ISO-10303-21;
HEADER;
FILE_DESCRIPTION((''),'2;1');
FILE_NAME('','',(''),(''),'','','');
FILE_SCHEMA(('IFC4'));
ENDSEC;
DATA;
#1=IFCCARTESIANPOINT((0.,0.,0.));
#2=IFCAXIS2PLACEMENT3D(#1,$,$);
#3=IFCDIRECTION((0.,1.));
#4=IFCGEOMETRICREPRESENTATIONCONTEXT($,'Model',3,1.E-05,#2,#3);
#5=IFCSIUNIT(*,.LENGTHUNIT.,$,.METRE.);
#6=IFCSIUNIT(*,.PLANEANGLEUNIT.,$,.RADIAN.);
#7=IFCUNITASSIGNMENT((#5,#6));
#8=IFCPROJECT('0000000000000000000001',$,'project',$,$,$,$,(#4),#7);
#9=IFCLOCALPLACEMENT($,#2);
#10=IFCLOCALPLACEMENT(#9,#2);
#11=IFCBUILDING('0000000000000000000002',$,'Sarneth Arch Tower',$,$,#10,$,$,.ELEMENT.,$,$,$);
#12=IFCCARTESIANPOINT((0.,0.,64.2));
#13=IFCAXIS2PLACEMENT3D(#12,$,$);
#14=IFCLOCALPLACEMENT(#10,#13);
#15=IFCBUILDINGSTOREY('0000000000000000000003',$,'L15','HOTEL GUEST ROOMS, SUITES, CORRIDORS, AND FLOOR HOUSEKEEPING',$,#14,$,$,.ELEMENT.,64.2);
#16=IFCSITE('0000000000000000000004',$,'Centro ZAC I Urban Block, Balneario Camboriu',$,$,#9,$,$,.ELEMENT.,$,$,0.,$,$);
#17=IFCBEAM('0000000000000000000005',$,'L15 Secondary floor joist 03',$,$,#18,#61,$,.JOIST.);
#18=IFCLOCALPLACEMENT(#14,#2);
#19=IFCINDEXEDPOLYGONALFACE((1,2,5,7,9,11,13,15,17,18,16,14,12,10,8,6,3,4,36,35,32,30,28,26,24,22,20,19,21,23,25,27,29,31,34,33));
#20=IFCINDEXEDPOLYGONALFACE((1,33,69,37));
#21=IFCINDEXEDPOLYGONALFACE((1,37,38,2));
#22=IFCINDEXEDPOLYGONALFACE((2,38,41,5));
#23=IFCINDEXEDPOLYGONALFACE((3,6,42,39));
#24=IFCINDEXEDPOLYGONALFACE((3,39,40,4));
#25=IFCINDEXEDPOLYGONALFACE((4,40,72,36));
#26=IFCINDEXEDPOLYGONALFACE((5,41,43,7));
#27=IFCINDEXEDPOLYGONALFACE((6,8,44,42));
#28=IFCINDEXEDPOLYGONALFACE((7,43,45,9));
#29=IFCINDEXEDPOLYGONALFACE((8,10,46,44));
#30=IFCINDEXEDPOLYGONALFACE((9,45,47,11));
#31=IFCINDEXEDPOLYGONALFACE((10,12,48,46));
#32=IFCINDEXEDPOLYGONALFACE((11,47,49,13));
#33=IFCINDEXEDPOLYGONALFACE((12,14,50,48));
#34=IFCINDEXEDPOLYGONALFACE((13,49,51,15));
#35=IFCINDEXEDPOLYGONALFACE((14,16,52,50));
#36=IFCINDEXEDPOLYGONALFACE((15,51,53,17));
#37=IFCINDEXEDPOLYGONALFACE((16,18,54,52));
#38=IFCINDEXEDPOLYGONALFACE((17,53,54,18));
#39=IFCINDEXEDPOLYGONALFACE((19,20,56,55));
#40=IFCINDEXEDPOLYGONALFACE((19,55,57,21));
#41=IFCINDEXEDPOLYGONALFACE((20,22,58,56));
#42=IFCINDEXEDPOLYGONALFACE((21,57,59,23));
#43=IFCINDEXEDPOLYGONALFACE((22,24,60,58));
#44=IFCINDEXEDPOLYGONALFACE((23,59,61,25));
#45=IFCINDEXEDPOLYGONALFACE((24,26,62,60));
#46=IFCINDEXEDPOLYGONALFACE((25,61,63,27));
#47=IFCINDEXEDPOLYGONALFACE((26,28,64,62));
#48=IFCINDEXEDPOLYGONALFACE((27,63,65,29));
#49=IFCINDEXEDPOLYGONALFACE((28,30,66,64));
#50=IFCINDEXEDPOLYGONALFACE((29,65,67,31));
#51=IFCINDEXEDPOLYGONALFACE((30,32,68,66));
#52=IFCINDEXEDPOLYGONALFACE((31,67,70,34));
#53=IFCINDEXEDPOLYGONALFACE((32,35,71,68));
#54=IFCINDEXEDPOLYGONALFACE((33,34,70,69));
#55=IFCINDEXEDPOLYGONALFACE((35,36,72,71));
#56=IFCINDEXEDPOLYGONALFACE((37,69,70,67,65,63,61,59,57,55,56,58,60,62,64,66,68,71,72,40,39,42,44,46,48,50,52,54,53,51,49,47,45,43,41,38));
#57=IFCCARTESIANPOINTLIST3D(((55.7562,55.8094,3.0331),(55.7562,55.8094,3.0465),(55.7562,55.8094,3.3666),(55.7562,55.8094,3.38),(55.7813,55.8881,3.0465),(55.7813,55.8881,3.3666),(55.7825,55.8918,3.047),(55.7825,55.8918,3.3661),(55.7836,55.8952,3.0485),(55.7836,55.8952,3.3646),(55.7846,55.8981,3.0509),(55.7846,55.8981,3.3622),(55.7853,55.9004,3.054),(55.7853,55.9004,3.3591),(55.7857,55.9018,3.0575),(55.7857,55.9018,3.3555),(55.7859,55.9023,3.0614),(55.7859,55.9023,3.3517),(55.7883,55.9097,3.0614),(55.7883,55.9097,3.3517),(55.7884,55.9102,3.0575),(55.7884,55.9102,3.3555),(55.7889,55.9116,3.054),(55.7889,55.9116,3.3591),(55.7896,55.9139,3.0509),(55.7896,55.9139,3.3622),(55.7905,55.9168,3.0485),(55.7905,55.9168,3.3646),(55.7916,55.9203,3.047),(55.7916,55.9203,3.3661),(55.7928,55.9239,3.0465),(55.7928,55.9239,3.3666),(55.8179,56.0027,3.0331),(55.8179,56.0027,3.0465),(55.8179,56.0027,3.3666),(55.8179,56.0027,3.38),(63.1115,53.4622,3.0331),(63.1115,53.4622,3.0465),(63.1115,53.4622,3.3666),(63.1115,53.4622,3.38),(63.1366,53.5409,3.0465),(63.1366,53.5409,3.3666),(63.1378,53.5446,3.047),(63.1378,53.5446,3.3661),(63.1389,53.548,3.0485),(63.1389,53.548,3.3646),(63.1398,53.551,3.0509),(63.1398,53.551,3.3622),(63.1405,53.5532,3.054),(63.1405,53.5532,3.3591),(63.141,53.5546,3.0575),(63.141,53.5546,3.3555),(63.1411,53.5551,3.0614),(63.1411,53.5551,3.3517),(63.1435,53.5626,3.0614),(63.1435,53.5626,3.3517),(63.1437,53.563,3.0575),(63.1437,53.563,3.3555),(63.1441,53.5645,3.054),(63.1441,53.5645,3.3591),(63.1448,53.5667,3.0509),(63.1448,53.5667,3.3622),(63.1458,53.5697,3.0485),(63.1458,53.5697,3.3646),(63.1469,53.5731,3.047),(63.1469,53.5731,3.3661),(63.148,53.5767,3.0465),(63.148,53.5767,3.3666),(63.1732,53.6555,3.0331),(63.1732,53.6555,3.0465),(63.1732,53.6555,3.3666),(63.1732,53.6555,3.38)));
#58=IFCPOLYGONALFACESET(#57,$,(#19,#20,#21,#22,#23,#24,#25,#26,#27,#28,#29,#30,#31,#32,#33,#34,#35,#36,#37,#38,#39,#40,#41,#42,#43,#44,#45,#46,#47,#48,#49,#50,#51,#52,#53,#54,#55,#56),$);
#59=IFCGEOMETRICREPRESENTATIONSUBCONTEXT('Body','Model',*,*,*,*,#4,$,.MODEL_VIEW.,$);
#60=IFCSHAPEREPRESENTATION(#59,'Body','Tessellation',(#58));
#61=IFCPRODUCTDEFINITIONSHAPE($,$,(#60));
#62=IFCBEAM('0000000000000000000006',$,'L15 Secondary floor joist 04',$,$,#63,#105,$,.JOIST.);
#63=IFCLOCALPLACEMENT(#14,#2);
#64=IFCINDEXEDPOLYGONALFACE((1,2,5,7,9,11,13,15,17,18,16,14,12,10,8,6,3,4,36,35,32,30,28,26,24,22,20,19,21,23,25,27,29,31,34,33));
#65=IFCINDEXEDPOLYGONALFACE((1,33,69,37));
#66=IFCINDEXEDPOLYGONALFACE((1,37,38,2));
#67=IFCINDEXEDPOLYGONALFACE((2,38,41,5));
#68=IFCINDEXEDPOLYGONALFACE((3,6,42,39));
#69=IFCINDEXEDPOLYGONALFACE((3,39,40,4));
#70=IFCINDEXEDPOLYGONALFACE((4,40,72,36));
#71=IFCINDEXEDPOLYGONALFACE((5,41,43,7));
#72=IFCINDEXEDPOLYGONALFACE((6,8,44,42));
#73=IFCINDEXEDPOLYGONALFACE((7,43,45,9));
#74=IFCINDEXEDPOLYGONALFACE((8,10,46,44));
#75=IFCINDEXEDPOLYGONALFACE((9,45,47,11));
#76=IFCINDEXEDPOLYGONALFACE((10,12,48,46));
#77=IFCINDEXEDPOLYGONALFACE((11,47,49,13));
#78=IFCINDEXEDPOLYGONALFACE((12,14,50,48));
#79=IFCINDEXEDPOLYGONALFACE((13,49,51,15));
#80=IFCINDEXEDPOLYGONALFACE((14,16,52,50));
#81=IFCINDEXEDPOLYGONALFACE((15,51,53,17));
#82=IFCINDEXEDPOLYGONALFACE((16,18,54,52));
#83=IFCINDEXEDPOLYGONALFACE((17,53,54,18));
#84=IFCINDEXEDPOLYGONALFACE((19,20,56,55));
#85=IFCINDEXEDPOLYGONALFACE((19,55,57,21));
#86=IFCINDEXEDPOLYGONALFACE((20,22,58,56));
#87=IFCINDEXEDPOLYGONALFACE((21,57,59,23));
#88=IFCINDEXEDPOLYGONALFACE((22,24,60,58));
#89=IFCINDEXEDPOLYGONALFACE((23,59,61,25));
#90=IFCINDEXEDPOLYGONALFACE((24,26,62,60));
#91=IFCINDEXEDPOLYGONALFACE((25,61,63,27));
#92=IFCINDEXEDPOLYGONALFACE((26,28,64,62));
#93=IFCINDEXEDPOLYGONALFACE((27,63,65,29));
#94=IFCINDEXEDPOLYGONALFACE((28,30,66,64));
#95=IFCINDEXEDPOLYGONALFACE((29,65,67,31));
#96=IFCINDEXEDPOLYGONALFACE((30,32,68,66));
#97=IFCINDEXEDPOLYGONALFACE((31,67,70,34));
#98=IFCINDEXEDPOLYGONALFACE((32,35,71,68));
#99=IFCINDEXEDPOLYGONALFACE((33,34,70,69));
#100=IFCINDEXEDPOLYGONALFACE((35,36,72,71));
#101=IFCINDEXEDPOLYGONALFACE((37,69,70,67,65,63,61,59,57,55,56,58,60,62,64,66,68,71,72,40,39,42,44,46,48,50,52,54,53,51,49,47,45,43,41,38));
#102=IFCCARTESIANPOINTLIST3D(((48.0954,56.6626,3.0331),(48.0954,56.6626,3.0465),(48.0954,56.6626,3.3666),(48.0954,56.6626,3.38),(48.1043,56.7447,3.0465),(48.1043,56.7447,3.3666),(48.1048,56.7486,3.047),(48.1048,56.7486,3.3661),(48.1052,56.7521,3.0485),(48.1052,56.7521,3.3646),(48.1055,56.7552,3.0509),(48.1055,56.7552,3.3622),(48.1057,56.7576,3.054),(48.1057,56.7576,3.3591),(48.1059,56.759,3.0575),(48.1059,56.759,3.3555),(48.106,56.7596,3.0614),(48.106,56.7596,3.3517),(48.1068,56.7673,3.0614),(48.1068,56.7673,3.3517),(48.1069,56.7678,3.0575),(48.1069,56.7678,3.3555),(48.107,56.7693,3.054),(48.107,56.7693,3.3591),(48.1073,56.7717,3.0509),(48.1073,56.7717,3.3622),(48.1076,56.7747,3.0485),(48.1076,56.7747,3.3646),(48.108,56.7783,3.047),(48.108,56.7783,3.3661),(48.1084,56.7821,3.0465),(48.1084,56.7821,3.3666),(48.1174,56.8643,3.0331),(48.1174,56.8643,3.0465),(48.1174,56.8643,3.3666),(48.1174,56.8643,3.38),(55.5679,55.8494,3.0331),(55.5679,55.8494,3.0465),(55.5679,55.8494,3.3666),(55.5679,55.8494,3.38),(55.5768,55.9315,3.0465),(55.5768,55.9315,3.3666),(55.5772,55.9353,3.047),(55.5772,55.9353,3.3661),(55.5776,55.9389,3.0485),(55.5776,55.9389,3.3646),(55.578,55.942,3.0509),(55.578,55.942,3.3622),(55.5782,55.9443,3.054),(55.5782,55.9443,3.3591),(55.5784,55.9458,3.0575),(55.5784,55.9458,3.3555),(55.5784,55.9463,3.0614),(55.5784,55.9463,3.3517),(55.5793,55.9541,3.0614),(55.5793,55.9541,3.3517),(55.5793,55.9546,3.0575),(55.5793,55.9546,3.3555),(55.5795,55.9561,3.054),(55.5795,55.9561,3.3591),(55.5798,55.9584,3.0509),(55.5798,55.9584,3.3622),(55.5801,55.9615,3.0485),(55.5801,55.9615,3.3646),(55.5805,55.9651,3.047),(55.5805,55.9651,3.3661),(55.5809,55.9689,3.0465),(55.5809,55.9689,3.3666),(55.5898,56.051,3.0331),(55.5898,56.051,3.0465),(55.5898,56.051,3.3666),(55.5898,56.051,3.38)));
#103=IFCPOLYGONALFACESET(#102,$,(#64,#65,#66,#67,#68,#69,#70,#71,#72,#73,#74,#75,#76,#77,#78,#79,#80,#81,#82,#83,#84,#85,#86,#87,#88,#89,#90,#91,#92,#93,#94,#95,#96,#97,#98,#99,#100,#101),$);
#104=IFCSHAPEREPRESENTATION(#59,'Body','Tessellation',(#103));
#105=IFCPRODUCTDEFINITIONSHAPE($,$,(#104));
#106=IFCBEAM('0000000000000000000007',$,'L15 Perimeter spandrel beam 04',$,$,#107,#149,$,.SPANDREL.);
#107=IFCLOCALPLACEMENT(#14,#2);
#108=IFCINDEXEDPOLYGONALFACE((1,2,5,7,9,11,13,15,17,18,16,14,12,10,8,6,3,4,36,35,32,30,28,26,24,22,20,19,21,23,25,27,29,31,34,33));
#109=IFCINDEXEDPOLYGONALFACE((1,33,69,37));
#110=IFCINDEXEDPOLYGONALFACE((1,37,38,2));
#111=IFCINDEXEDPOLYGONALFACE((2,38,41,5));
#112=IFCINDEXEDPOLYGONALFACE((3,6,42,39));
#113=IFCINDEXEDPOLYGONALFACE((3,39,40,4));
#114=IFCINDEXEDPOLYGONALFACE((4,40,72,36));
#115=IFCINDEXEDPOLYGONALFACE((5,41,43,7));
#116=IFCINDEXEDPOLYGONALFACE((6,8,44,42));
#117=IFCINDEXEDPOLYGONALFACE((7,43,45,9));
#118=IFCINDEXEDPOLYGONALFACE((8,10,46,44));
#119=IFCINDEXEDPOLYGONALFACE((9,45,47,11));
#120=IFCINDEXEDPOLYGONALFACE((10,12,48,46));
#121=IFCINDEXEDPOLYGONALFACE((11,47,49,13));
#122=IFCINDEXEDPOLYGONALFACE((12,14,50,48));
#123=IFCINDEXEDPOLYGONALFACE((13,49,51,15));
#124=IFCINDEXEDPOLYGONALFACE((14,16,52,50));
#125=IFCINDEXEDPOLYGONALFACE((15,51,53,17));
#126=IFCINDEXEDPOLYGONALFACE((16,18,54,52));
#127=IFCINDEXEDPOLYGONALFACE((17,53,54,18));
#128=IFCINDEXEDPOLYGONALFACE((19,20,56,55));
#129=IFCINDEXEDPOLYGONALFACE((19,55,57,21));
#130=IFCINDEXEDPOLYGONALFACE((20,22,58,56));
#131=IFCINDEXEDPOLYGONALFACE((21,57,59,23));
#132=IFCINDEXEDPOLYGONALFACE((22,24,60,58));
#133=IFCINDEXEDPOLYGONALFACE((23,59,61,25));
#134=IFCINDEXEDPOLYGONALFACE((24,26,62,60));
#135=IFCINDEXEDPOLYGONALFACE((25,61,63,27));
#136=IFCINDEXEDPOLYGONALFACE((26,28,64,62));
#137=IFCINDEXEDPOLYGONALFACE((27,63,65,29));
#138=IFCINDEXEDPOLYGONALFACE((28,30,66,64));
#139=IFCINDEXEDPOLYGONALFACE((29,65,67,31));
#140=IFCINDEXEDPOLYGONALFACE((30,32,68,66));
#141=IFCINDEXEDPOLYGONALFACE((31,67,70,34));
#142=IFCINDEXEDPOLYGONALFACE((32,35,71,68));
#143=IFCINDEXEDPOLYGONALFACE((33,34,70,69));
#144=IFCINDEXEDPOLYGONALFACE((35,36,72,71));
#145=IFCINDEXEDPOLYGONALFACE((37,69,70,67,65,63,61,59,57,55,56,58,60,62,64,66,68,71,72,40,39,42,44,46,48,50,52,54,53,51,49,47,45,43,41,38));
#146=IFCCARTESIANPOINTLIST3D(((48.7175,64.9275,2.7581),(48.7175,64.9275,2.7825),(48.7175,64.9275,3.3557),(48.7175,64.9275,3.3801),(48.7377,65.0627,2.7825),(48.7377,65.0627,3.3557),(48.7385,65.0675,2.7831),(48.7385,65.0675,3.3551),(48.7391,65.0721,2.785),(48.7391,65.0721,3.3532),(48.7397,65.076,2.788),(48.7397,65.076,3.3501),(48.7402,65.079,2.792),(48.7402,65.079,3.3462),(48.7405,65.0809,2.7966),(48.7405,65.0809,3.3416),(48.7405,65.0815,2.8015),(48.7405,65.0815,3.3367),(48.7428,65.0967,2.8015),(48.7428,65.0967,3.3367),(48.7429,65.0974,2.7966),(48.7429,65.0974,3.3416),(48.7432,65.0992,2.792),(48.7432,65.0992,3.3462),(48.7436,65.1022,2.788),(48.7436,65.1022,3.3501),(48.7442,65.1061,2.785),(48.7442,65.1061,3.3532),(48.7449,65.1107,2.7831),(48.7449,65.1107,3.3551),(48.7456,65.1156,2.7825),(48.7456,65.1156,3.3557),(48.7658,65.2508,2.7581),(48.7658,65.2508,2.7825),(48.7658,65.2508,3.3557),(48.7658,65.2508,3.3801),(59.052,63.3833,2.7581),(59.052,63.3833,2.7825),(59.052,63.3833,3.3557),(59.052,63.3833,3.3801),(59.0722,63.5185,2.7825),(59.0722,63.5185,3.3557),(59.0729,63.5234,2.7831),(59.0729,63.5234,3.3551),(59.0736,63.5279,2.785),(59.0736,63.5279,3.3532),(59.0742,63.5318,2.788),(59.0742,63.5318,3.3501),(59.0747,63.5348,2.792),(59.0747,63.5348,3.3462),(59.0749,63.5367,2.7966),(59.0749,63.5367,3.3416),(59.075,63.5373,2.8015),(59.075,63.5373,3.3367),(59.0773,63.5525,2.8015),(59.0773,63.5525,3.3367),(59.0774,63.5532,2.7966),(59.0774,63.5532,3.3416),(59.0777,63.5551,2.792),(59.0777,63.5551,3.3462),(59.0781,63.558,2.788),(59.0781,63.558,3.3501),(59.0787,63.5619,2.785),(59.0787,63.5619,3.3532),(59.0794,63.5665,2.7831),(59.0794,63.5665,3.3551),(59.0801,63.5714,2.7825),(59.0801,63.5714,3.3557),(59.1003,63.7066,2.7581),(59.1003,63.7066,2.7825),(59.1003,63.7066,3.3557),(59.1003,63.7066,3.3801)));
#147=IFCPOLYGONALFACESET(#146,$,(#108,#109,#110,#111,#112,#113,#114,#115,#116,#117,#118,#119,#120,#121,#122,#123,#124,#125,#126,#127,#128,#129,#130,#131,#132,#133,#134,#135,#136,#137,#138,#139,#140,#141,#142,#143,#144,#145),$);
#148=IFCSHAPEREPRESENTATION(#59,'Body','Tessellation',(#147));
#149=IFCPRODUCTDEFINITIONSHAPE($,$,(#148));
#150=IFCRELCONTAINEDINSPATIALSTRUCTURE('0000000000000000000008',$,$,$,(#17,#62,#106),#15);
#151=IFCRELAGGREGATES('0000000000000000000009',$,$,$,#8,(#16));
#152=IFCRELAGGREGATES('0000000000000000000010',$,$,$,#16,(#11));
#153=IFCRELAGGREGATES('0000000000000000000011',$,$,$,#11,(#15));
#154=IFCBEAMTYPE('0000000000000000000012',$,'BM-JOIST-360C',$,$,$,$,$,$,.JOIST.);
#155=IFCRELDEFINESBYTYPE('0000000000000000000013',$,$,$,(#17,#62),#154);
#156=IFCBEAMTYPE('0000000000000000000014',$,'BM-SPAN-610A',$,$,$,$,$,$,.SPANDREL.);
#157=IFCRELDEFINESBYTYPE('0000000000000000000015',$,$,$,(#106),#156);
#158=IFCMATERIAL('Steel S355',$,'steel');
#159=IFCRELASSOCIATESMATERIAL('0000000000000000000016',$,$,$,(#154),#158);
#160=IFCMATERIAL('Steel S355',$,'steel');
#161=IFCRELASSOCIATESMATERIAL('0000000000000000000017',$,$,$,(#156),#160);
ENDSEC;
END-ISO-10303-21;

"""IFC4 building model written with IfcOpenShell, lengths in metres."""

from ifc_helpers import new_model, si_unit, direction, frame, origin, origin_2d, place, context, subcontext, project, spatial, i_section, extrude, material, material_profile, profile_set, type_object, element, save


model = new_model("IFC4")

# Units and contexts
model_context = context("Model", 3, precision=1e-05, world=origin(), true_north=direction((0.0, 1.0)))
body_context = subcontext(model_context, "Body", "Model", "MODEL_VIEW")
ifc_project = project(units=[si_unit("LENGTHUNIT", "METRE"), si_unit("PLANEANGLEUNIT", "RADIAN")], contexts=[model_context])

# Site, building, storey
site_placement = place(None, origin())
site = spatial("IfcSite", under=ifc_project, at=site_placement, Name="Centro ZAC I Urban Block, Balneario Camboriu", CompositionType="ELEMENT", RefElevation=0.0)
building_placement = place(site_placement, origin())
building = spatial("IfcBuilding", under=site, at=building_placement, Name="Sarneth Arch Tower", CompositionType="ELEMENT")
storey_placement = place(building_placement, frame((0.0, 0.0, 64.2)))
storey = spatial("IfcBuildingStorey", under=building, at=storey_placement, Name="L15", Description="HOTEL GUEST ROOMS, SUITES, CORRIDORS, AND FLOOR HOUSEKEEPING", CompositionType="ELEMENT", Elevation=64.2)

# Beams
ifc_material_1 = material(Name="Steel S355", Category="steel")
ifc_material_profile_1 = material_profile(ifc_material_1, i_section(OverallWidth=0.2029, OverallDepth=0.3469, WebThickness=0.0078, FlangeThickness=0.0134, FilletRadius=0.0149, at=origin_2d()), Name="W360x64")
ifc_profile_set_1 = profile_set([ifc_material_profile_1], Name="Steel S355")
beam_type_1 = type_object("IfcBeamType", Name="BM-JOIST-360C", PredefinedType="JOIST", material=ifc_profile_set_1)
beam_1_placement = place(storey_placement, frame((63.1423, 53.5588, 3.2065), z_axis=(-0.952668, 0.304011, 0.0), x_axis=(-0.304011, -0.952668, 0.0)))
element("IfcBeam", 1, at=beam_1_placement, inside=storey, type_object=beam_type_1, Name="L15 Secondary floor joist 03", PredefinedType="JOIST", context=body_context, shape_type="SweptSolid", body=[
    extrude(i_section(OverallWidth=0.2029, OverallDepth=0.3469, WebThickness=0.0078, FlangeThickness=0.0134, FilletRadius=0.0149, at=origin_2d()), origin(), (0.0, 0.0, 1.0), 7.7207),
])
beam_2_placement = place(storey_placement, frame((55.5789, 55.9502, 3.2065), z_axis=(-0.99413, 0.108192, 0.0), x_axis=(-0.108192, -0.99413, 0.0)))
element("IfcBeam", 2, at=beam_2_placement, inside=storey, type_object=beam_type_1, Name="L15 Secondary floor joist 04", PredefinedType="JOIST", context=body_context, shape_type="SweptSolid", body=[
    extrude(i_section(OverallWidth=0.2029, OverallDepth=0.3469, WebThickness=0.0078, FlangeThickness=0.0134, FilletRadius=0.0149, at=origin_2d()), origin(), (0.0, 0.0, 1.0), 7.5166),
])
ifc_material_2 = material(Name="Steel S355", Category="steel")
ifc_material_profile_2 = material_profile(ifc_material_2, i_section(OverallWidth=0.3269, OverallDepth=0.6221, WebThickness=0.0154, FlangeThickness=0.0244, FilletRadius=0.019, at=origin_2d()), Name="W610x195")
ifc_profile_set_2 = profile_set([ifc_material_profile_2], Name="Steel S355")
beam_type_2 = type_object("IfcBeamType", Name="BM-SPAN-610A", PredefinedType="SPANDREL", material=ifc_profile_set_2)
beam_3_placement = place(storey_placement, frame((59.0762, 63.5449, 3.0691), z_axis=(-0.98902, 0.147781, 0.0), x_axis=(-0.147781, -0.98902, 0.0)))
element("IfcBeam", 3, at=beam_3_placement, inside=storey, type_object=beam_type_2, Name="L15 Perimeter spandrel beam 04", PredefinedType="SPANDREL", context=body_context, shape_type="SweptSolid", body=[
    extrude(i_section(OverallWidth=0.3269, OverallDepth=0.6221, WebThickness=0.0154, FlangeThickness=0.0244, FilletRadius=0.019, at=origin_2d()), origin(), (0.0, 0.0, 1.0), 10.4492),
])

save(model, "model.ifc")
